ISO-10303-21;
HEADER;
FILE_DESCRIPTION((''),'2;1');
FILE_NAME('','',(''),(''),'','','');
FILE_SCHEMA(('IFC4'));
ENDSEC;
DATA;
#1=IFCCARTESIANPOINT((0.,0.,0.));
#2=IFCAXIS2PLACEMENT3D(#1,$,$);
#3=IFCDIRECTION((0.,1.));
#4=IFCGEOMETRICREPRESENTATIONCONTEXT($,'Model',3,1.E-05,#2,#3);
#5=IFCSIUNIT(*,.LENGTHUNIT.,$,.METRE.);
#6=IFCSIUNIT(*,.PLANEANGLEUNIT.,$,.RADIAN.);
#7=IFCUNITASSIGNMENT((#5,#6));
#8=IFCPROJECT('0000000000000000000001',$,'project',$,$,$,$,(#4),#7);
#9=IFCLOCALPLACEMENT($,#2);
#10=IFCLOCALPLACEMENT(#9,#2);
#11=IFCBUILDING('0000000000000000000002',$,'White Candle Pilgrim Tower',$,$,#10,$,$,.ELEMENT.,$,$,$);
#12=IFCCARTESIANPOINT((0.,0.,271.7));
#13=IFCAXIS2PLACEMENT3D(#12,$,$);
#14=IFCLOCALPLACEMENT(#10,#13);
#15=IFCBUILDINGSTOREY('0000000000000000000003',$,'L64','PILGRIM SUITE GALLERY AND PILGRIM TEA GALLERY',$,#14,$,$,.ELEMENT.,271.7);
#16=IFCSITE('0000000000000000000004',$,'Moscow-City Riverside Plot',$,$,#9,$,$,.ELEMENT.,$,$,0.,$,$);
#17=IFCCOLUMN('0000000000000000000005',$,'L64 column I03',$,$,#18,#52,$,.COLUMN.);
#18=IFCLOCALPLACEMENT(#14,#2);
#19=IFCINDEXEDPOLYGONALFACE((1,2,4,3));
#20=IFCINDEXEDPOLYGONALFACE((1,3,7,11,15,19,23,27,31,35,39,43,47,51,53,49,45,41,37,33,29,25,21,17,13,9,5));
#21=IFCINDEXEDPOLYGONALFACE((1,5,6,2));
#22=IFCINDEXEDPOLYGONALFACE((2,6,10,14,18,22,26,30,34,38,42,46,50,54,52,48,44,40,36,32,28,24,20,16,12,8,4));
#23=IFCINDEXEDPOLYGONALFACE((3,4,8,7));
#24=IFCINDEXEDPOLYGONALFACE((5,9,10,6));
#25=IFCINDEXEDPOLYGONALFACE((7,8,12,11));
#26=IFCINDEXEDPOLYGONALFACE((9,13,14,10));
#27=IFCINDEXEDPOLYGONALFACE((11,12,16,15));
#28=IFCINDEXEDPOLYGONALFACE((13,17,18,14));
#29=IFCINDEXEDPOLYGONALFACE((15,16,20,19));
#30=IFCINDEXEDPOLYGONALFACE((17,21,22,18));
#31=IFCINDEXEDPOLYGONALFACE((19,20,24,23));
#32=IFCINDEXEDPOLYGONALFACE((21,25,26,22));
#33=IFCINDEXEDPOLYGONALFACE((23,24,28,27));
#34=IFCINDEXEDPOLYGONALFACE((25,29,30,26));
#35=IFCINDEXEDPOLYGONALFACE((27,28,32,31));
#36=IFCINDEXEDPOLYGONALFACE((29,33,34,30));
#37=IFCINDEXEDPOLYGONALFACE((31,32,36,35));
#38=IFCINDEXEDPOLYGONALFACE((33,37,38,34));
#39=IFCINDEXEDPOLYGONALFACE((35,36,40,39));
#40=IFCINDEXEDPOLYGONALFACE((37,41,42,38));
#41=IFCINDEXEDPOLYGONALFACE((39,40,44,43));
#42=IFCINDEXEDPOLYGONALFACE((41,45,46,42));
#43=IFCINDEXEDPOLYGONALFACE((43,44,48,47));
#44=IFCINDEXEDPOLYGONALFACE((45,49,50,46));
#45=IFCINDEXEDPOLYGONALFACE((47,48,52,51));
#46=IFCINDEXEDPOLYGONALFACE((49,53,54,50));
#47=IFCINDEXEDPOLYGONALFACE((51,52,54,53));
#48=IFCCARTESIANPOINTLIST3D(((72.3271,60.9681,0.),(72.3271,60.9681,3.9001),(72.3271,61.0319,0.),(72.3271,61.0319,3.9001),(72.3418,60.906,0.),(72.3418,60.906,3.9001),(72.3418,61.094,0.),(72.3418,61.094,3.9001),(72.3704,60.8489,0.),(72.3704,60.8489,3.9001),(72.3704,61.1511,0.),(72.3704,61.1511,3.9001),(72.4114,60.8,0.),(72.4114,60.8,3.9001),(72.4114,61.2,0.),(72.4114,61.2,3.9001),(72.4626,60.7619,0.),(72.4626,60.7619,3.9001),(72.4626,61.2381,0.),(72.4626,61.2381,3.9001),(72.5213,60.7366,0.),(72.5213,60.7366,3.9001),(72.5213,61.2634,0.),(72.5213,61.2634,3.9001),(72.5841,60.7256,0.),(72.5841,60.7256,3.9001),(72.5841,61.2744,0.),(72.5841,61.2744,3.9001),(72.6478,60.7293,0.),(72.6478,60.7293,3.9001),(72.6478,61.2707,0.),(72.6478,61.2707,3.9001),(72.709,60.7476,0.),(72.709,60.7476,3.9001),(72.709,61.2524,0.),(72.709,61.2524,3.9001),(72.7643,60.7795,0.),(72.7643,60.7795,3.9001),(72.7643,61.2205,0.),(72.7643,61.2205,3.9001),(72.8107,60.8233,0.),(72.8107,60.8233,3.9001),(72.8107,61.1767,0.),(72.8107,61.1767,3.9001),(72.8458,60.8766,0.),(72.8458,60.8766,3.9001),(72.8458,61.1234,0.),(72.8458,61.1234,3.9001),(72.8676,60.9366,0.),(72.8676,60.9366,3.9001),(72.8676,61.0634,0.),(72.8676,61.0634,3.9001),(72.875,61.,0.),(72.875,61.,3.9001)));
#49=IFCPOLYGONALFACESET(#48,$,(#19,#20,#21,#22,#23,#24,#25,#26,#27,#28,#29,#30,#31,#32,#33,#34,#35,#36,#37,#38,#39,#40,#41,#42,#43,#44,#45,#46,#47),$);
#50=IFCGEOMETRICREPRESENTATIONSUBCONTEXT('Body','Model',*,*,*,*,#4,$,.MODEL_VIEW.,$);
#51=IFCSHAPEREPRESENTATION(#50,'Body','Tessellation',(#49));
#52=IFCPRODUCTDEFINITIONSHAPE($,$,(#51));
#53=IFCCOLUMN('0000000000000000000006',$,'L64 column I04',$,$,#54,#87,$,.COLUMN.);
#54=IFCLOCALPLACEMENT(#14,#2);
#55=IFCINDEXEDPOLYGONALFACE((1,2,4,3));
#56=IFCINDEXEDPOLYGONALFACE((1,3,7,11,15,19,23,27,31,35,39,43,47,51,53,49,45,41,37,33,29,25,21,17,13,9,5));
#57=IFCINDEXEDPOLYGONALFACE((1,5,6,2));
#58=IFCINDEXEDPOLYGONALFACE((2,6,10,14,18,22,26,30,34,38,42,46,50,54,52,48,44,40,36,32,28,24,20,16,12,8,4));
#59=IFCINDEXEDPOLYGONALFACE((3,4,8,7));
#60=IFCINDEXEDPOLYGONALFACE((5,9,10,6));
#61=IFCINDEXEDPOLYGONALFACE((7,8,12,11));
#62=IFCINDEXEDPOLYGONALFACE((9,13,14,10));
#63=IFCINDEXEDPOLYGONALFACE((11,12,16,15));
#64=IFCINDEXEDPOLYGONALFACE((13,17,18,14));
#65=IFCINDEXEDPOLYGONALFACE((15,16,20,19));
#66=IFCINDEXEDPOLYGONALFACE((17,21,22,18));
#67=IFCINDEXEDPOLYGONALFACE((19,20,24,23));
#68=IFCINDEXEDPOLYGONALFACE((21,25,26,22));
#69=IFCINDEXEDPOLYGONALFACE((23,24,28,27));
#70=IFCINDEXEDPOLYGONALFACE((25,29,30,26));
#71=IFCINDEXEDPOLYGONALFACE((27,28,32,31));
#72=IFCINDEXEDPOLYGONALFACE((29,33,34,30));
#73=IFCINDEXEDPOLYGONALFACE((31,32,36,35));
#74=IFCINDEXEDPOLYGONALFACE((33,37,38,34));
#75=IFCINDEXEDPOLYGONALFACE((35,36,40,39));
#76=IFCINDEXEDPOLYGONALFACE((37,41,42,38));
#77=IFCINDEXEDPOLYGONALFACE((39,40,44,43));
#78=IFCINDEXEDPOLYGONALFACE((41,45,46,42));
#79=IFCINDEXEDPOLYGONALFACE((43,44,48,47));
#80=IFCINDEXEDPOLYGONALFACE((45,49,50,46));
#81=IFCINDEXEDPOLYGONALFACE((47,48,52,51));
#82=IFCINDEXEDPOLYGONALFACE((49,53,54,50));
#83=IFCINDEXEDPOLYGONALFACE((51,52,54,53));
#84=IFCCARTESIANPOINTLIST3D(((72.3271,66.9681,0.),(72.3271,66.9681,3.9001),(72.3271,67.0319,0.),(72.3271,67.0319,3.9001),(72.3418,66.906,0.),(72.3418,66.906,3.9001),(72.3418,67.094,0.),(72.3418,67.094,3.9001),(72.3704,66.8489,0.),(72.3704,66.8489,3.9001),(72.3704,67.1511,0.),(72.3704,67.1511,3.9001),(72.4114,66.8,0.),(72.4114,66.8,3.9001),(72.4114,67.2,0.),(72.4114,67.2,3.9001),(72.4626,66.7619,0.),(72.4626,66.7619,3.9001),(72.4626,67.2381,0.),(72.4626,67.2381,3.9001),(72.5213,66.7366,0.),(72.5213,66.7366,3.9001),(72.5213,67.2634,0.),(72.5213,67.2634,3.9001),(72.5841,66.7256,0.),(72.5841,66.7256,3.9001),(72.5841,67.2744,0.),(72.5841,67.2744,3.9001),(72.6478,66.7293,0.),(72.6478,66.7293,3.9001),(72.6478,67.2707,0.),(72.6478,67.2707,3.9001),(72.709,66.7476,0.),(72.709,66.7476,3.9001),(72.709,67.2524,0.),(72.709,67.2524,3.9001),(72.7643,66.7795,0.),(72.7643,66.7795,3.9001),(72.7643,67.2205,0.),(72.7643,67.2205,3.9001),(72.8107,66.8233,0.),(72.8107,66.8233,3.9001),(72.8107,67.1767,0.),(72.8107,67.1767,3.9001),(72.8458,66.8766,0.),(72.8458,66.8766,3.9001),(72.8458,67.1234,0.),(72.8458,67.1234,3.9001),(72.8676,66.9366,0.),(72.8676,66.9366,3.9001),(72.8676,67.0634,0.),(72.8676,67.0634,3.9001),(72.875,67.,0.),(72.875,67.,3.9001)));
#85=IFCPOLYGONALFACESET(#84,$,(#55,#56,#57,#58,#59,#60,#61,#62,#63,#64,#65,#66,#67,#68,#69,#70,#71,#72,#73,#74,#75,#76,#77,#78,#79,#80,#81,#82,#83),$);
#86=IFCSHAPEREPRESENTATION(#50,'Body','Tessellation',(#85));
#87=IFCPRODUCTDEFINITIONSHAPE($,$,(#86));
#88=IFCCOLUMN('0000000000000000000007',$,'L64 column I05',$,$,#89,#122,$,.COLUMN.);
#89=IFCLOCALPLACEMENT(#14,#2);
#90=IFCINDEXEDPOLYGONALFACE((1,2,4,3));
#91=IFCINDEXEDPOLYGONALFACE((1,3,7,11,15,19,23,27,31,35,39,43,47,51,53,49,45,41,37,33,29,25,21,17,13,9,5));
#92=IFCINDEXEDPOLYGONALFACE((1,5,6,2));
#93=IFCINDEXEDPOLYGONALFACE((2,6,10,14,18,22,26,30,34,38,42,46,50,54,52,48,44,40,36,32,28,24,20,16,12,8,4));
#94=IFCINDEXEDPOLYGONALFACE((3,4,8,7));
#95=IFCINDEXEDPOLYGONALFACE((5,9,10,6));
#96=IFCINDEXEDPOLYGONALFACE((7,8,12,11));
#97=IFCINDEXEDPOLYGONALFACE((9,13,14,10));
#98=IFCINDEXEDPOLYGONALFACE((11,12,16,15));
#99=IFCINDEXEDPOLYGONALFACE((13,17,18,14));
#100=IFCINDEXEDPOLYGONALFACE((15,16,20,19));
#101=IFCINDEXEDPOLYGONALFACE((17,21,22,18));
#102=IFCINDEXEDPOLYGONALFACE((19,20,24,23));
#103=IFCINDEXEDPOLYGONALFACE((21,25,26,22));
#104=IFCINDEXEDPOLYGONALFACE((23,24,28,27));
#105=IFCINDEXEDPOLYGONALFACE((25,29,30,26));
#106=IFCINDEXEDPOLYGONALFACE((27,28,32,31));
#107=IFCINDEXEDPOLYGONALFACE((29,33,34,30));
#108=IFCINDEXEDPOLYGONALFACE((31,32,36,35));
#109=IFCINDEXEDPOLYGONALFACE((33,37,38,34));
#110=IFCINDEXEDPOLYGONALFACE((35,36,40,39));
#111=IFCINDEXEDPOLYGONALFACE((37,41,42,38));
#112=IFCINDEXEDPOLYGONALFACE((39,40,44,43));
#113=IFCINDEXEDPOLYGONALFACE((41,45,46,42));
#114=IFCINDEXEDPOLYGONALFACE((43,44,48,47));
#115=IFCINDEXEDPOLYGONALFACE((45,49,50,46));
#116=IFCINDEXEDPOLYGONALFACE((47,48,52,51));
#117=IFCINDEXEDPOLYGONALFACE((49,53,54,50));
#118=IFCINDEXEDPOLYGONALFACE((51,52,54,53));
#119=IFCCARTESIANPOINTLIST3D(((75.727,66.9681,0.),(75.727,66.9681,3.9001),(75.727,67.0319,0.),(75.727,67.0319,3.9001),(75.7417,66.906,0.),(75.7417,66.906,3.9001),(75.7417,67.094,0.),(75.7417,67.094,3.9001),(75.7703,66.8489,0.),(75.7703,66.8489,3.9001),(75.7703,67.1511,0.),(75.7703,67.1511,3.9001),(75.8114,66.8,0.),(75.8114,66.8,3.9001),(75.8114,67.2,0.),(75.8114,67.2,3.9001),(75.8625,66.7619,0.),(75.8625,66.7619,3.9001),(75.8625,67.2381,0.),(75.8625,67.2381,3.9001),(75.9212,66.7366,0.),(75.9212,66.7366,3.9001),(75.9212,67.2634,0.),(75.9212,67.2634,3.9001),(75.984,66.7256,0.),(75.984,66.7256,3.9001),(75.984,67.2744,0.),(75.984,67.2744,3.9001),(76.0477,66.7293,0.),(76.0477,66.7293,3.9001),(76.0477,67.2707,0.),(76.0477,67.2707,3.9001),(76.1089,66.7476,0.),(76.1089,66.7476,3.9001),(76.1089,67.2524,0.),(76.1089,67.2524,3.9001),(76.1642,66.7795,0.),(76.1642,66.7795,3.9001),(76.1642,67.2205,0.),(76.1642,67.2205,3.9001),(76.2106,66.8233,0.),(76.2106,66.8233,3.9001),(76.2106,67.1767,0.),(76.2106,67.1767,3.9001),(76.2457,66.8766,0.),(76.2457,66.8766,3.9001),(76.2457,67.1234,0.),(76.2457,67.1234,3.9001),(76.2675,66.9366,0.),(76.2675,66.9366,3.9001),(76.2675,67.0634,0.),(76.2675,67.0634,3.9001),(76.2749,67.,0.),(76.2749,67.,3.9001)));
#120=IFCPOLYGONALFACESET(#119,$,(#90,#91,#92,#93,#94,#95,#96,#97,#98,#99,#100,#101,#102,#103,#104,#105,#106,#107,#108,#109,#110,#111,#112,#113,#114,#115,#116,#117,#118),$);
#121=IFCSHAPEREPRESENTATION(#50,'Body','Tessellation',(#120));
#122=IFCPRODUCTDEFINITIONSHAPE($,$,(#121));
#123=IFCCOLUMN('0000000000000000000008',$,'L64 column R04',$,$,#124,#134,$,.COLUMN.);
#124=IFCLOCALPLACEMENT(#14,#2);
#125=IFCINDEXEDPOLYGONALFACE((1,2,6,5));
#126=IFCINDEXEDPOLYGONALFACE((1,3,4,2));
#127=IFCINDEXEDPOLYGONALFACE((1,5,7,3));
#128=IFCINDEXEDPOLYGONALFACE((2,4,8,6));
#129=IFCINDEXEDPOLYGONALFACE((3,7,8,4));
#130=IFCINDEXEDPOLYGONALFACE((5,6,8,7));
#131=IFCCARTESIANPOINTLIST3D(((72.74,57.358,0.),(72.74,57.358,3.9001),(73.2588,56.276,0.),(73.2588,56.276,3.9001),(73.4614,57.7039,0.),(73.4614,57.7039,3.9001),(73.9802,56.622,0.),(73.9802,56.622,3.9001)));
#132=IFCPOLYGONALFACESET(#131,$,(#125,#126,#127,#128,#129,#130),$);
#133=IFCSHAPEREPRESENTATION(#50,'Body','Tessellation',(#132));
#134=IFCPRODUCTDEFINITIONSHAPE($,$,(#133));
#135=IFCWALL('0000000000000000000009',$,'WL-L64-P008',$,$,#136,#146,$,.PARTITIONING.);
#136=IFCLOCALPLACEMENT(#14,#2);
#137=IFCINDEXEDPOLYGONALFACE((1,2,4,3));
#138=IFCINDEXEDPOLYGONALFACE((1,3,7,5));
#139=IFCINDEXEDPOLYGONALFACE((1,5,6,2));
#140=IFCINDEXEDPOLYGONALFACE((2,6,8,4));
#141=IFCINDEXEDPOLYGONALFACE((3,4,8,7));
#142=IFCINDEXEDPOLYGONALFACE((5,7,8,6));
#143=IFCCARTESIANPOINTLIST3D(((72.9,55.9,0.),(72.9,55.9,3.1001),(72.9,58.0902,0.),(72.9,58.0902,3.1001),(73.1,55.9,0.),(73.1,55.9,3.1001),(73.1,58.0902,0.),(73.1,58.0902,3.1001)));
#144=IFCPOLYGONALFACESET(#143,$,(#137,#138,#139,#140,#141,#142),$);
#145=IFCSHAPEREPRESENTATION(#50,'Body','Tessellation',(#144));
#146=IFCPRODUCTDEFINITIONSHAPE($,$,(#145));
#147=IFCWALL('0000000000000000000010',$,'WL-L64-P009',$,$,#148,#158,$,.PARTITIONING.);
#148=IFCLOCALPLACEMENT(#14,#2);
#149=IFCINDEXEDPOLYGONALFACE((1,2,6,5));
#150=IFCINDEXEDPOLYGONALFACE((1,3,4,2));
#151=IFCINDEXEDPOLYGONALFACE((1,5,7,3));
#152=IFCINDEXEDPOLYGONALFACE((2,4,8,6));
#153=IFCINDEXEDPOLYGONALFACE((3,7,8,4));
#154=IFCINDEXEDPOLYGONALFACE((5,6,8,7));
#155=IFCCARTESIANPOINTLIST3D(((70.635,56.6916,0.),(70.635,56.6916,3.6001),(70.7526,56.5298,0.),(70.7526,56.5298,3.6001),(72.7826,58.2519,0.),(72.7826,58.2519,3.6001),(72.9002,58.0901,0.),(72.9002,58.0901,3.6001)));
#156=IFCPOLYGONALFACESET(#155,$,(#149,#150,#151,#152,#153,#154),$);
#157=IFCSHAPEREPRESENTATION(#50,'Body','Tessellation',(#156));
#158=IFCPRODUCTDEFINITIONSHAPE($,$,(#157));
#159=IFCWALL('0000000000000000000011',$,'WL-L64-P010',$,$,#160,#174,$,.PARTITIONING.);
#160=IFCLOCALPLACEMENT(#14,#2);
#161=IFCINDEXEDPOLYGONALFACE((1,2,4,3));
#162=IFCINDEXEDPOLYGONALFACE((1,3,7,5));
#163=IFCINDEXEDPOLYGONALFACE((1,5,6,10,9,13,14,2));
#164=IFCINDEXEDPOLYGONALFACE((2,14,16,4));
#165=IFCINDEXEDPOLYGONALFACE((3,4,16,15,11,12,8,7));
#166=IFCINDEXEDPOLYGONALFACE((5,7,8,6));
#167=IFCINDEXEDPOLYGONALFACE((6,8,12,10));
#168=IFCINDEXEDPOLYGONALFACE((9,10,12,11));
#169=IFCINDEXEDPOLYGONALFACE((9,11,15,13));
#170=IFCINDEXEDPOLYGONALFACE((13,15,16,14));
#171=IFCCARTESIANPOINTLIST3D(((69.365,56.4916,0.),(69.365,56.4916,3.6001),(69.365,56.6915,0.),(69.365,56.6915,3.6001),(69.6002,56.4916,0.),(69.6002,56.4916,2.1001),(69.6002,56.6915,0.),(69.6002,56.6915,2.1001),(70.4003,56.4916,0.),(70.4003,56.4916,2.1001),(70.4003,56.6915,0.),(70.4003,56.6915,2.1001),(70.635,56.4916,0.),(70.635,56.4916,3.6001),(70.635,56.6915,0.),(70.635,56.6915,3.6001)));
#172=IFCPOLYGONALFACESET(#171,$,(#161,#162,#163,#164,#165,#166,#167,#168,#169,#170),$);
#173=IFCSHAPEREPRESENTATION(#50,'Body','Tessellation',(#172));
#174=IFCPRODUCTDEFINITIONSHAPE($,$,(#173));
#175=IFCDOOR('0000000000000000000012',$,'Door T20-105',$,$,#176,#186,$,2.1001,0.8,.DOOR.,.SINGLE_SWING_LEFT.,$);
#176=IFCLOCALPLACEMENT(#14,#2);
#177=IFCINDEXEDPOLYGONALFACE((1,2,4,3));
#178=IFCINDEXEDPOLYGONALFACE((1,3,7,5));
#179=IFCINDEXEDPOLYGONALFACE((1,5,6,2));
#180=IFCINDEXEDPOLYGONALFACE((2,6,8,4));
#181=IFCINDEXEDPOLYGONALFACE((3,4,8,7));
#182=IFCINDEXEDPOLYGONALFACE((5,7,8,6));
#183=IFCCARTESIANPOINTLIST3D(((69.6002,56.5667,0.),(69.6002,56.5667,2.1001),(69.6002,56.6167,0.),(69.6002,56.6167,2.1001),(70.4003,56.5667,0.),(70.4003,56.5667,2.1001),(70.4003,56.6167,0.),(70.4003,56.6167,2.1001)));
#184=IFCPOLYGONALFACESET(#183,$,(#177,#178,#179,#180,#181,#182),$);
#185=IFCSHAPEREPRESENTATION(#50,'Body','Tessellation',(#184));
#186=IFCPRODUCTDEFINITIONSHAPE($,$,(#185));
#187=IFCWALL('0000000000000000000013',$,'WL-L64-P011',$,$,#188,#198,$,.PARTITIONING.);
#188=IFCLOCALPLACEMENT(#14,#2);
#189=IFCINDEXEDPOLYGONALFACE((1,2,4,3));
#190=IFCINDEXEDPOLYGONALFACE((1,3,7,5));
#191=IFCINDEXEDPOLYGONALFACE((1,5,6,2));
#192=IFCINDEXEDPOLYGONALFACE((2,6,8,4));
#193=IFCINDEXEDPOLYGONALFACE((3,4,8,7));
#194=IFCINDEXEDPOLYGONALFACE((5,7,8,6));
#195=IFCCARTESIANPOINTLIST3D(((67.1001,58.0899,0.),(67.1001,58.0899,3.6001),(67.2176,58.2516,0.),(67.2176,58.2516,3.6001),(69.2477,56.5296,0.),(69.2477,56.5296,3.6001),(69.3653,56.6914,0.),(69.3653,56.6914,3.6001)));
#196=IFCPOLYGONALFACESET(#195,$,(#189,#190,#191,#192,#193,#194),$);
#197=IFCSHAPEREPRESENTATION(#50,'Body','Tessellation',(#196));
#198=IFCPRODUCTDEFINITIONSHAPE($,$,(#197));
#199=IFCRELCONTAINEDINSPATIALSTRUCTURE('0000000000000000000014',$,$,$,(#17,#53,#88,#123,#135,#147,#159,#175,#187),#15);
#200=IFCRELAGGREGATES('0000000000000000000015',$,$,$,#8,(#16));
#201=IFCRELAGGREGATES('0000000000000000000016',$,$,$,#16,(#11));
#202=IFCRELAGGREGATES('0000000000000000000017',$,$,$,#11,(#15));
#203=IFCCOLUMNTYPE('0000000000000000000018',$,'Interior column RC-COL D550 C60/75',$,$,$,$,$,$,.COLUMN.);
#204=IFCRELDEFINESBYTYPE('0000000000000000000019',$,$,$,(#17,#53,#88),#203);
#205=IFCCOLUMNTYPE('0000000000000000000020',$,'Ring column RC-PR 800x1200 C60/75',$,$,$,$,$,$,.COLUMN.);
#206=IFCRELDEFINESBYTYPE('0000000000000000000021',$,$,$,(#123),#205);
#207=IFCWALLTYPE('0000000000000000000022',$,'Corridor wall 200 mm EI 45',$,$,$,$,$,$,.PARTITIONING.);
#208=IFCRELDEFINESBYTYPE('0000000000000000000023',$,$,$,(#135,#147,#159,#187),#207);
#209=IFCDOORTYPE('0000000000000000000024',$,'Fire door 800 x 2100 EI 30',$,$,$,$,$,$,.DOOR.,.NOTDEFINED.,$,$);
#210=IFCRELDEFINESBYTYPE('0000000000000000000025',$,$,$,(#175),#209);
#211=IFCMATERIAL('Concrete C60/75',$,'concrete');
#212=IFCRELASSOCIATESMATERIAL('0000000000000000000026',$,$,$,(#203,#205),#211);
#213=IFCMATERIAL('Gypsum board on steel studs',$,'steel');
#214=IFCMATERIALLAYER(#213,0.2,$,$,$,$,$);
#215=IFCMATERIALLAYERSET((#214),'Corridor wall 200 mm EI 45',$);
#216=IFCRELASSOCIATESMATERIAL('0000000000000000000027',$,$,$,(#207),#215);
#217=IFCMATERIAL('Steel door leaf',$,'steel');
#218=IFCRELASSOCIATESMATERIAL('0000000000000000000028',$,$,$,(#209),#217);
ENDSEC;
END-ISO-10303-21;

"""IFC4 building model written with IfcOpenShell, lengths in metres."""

from ifc_helpers import new_model, si_unit, direction, frame, frame_2d, origin, origin_2d, place, context, subcontext, project, spatial, rectangle, circle, extrude, material, layer, layer_set, material_profile, profile_set, type_object, element, fill, save


model = new_model("IFC4")

# Units and contexts
model_context = context("Model", 3, precision=1e-05, world=origin(), true_north=direction((0.0, 1.0)))
body_context = subcontext(model_context, "Body", "Model", "MODEL_VIEW")
ifc_project = project(units=[si_unit("LENGTHUNIT", "METRE"), si_unit("PLANEANGLEUNIT", "RADIAN")], contexts=[model_context])

# Site, building, storey
site_placement = place(None, origin())
site = spatial("IfcSite", under=ifc_project, at=site_placement, Name="Moscow-City Riverside Plot", CompositionType="ELEMENT", RefElevation=0.0)
building_placement = place(site_placement, origin())
building = spatial("IfcBuilding", under=site, at=building_placement, Name="White Candle Pilgrim Tower", CompositionType="ELEMENT")
storey_placement = place(building_placement, frame((0.0, 0.0, 271.7)))
storey = spatial("IfcBuildingStorey", under=building, at=storey_placement, Name="L64", Description="PILGRIM SUITE GALLERY AND PILGRIM TEA GALLERY", CompositionType="ELEMENT", Elevation=271.7)

# Columns
ifc_material_1 = material(Name="Concrete C60/75", Category="concrete")
ifc_material_profile_1 = material_profile(ifc_material_1, circle(Radius=0.2749, at=origin_2d()), Name="RC-COL D550")
ifc_profile_set_1 = profile_set([ifc_material_profile_1], Name="Concrete C60/75")
column_type_1 = type_object("IfcColumnType", Name="Interior column RC-COL D550 C60/75", PredefinedType="COLUMN", material=ifc_profile_set_1)
for number, where, z_axis, x_axis, name in (
    (1, (72.6001, 61.0, 0.0), (0.0, 0.0, 1.0), (1.0, 0.0, 0.0), "L64 column I03"),
    (2, (72.6001, 67.0, 0.0), (0.0, 0.0, 1.0), (1.0, 0.0, 0.0), "L64 column I04"),
    (3, (76.0, 67.0, 0.0), (0.0, 0.0, 1.0), (1.0, 0.0, 0.0), "L64 column I05"),
):
    element("IfcColumn", number, at=place(storey_placement, frame(where, z_axis=z_axis, x_axis=x_axis)), inside=storey, type_object=column_type_1, Name=name, PredefinedType="COLUMN", context=body_context, shape_type="SweptSolid", body=[
        extrude(circle(Radius=0.2749, at=origin_2d()), origin(), (0.0, 0.0, 1.0), 3.9001),
    ])
ifc_material_profile_2 = material_profile(ifc_material_1, rectangle(XDim=0.8, YDim=1.2, at=origin_2d()), Name="RC-PR 800x1200")
ifc_profile_set_2 = profile_set([ifc_material_profile_2], Name="Concrete C60/75")
column_type_2 = type_object("IfcColumnType", Name="Ring column RC-PR 800x1200 C60/75", PredefinedType="COLUMN", material=ifc_profile_set_2)
column_placement = place(storey_placement, frame((73.3601, 56.99, 0.0), z_axis=(0.0, 0.0, 1.0), x_axis=(-0.901689, -0.432385, 0.0)))
element("IfcColumn", 4, at=column_placement, inside=storey, type_object=column_type_2, Name="L64 column R04", PredefinedType="COLUMN", context=body_context, shape_type="SweptSolid", body=[
    extrude(rectangle(XDim=0.8, YDim=1.2, at=origin_2d()), origin(), (0.0, 0.0, 1.0), 3.9001),
])

# Walls
ifc_material_2 = material(Name="Gypsum board on steel studs", Category="steel")
ifc_layer_1 = layer(ifc_material_2, 0.2)
ifc_layer_set_1 = layer_set([ifc_layer_1], Name="Corridor wall 200 mm EI 45")
wall_type_1 = type_object("IfcWallType", Name="Corridor wall 200 mm EI 45", PredefinedType="PARTITIONING", material=ifc_layer_set_1)
wall_1_placement = place(storey_placement, frame((73.0, 55.8999, 0.0), z_axis=(0.0, 0.0, 1.0), x_axis=(0.0, 1.0, 0.0)))
element("IfcWall", 5, at=wall_1_placement, inside=storey, type_object=wall_type_1, Name="WL-L64-P008", PredefinedType="PARTITIONING", context=body_context, shape_type="SweptSolid", body=[
    extrude(rectangle(XDim=2.1902, YDim=0.2, at=frame_2d((1.0952, 0.0))), origin(), (0.0, 0.0, 1.0), 3.1001),
])
wall_2_placement = place(storey_placement, frame((72.8413, 58.1709, 0.0), z_axis=(0.0, 0.0, 1.0), x_axis=(-0.809034, -0.587761, 0.0)))
element("IfcWall", 6, at=wall_2_placement, inside=storey, type_object=wall_type_1, Name="WL-L64-P009", PredefinedType="PARTITIONING", context=body_context, shape_type="SweptSolid", body=[
    extrude(rectangle(XDim=2.6545, YDim=0.2, at=frame_2d((1.3271, 0.0))), origin(), (0.0, 0.0, 1.0), 3.6001),
])

# Wall, opening, door
wall_3_placement = place(storey_placement, frame((70.635, 56.5916, 0.0), z_axis=(0.0, 0.0, 1.0), x_axis=(-1.0, 0.0, 0.0)))
wall_3 = element("IfcWall", 7, at=wall_3_placement, inside=storey, type_object=wall_type_1, Name="WL-L64-P010", PredefinedType="PARTITIONING", context=body_context, shape_type="SweptSolid", body=[
    extrude(rectangle(XDim=1.27, YDim=0.2, at=frame_2d((0.635, 0.0))), origin(), (0.0, 0.0, 1.0), 3.6001),
])
opening_1_placement = place(wall_3_placement, frame((0.2349, 0.0, 0.0)))
opening_1 = element("IfcOpeningElement", 8, at=opening_1_placement, cuts=wall_3, PredefinedType="OPENING", context=body_context, shape_type="SweptSolid", body=[
    extrude(rectangle(XDim=0.8, YDim=2.1001, at=frame_2d((0.3999, 1.05))), frame((0.0, 0.1099, 0.0), z_axis=(0.0, -1.0, 0.0), x_axis=(1.0, 0.0, 0.0)), (0.0, 0.0, 1.0), 0.22),
])
ifc_material_3 = material(Name="Steel door leaf", Category="steel")
door_type_1 = type_object("IfcDoorType", Name="Fire door 800 x 2100 EI 30", OperationType="NOTDEFINED", PredefinedType="DOOR", material=ifc_material_3)
door_1_placement = place(opening_1_placement, origin())
door_1 = element("IfcDoor", 9, at=door_1_placement, inside=storey, type_object=door_type_1, Name="Door T20-105", OperationType="SINGLE_SWING_LEFT", OverallHeight=2.1001, OverallWidth=0.8, PredefinedType="DOOR", context=body_context, shape_type="SweptSolid", body=[
    extrude(rectangle(XDim=0.8, YDim=2.1001, at=frame_2d((0.3999, 1.05))), frame((0.0, 0.0249, 0.0), z_axis=(0.0, -1.0, 0.0), x_axis=(1.0, 0.0, 0.0)), (0.0, 0.0, 1.0), 0.05),
])
fill(opening_1, door_1)

# Wall
wall_4_placement = place(storey_placement, frame((69.3064, 56.6106, 0.0), z_axis=(0.0, 0.0, 1.0), x_axis=(-0.809034, 0.587761, 0.0)))
element("IfcWall", 10, at=wall_4_placement, inside=storey, type_object=wall_type_1, Name="WL-L64-P011", PredefinedType="PARTITIONING", context=body_context, shape_type="SweptSolid", body=[
    extrude(rectangle(XDim=2.6545, YDim=0.2, at=frame_2d((1.3271, 0.0))), origin(), (0.0, 0.0, 1.0), 3.6001),
])

save(model, "model.ifc")
